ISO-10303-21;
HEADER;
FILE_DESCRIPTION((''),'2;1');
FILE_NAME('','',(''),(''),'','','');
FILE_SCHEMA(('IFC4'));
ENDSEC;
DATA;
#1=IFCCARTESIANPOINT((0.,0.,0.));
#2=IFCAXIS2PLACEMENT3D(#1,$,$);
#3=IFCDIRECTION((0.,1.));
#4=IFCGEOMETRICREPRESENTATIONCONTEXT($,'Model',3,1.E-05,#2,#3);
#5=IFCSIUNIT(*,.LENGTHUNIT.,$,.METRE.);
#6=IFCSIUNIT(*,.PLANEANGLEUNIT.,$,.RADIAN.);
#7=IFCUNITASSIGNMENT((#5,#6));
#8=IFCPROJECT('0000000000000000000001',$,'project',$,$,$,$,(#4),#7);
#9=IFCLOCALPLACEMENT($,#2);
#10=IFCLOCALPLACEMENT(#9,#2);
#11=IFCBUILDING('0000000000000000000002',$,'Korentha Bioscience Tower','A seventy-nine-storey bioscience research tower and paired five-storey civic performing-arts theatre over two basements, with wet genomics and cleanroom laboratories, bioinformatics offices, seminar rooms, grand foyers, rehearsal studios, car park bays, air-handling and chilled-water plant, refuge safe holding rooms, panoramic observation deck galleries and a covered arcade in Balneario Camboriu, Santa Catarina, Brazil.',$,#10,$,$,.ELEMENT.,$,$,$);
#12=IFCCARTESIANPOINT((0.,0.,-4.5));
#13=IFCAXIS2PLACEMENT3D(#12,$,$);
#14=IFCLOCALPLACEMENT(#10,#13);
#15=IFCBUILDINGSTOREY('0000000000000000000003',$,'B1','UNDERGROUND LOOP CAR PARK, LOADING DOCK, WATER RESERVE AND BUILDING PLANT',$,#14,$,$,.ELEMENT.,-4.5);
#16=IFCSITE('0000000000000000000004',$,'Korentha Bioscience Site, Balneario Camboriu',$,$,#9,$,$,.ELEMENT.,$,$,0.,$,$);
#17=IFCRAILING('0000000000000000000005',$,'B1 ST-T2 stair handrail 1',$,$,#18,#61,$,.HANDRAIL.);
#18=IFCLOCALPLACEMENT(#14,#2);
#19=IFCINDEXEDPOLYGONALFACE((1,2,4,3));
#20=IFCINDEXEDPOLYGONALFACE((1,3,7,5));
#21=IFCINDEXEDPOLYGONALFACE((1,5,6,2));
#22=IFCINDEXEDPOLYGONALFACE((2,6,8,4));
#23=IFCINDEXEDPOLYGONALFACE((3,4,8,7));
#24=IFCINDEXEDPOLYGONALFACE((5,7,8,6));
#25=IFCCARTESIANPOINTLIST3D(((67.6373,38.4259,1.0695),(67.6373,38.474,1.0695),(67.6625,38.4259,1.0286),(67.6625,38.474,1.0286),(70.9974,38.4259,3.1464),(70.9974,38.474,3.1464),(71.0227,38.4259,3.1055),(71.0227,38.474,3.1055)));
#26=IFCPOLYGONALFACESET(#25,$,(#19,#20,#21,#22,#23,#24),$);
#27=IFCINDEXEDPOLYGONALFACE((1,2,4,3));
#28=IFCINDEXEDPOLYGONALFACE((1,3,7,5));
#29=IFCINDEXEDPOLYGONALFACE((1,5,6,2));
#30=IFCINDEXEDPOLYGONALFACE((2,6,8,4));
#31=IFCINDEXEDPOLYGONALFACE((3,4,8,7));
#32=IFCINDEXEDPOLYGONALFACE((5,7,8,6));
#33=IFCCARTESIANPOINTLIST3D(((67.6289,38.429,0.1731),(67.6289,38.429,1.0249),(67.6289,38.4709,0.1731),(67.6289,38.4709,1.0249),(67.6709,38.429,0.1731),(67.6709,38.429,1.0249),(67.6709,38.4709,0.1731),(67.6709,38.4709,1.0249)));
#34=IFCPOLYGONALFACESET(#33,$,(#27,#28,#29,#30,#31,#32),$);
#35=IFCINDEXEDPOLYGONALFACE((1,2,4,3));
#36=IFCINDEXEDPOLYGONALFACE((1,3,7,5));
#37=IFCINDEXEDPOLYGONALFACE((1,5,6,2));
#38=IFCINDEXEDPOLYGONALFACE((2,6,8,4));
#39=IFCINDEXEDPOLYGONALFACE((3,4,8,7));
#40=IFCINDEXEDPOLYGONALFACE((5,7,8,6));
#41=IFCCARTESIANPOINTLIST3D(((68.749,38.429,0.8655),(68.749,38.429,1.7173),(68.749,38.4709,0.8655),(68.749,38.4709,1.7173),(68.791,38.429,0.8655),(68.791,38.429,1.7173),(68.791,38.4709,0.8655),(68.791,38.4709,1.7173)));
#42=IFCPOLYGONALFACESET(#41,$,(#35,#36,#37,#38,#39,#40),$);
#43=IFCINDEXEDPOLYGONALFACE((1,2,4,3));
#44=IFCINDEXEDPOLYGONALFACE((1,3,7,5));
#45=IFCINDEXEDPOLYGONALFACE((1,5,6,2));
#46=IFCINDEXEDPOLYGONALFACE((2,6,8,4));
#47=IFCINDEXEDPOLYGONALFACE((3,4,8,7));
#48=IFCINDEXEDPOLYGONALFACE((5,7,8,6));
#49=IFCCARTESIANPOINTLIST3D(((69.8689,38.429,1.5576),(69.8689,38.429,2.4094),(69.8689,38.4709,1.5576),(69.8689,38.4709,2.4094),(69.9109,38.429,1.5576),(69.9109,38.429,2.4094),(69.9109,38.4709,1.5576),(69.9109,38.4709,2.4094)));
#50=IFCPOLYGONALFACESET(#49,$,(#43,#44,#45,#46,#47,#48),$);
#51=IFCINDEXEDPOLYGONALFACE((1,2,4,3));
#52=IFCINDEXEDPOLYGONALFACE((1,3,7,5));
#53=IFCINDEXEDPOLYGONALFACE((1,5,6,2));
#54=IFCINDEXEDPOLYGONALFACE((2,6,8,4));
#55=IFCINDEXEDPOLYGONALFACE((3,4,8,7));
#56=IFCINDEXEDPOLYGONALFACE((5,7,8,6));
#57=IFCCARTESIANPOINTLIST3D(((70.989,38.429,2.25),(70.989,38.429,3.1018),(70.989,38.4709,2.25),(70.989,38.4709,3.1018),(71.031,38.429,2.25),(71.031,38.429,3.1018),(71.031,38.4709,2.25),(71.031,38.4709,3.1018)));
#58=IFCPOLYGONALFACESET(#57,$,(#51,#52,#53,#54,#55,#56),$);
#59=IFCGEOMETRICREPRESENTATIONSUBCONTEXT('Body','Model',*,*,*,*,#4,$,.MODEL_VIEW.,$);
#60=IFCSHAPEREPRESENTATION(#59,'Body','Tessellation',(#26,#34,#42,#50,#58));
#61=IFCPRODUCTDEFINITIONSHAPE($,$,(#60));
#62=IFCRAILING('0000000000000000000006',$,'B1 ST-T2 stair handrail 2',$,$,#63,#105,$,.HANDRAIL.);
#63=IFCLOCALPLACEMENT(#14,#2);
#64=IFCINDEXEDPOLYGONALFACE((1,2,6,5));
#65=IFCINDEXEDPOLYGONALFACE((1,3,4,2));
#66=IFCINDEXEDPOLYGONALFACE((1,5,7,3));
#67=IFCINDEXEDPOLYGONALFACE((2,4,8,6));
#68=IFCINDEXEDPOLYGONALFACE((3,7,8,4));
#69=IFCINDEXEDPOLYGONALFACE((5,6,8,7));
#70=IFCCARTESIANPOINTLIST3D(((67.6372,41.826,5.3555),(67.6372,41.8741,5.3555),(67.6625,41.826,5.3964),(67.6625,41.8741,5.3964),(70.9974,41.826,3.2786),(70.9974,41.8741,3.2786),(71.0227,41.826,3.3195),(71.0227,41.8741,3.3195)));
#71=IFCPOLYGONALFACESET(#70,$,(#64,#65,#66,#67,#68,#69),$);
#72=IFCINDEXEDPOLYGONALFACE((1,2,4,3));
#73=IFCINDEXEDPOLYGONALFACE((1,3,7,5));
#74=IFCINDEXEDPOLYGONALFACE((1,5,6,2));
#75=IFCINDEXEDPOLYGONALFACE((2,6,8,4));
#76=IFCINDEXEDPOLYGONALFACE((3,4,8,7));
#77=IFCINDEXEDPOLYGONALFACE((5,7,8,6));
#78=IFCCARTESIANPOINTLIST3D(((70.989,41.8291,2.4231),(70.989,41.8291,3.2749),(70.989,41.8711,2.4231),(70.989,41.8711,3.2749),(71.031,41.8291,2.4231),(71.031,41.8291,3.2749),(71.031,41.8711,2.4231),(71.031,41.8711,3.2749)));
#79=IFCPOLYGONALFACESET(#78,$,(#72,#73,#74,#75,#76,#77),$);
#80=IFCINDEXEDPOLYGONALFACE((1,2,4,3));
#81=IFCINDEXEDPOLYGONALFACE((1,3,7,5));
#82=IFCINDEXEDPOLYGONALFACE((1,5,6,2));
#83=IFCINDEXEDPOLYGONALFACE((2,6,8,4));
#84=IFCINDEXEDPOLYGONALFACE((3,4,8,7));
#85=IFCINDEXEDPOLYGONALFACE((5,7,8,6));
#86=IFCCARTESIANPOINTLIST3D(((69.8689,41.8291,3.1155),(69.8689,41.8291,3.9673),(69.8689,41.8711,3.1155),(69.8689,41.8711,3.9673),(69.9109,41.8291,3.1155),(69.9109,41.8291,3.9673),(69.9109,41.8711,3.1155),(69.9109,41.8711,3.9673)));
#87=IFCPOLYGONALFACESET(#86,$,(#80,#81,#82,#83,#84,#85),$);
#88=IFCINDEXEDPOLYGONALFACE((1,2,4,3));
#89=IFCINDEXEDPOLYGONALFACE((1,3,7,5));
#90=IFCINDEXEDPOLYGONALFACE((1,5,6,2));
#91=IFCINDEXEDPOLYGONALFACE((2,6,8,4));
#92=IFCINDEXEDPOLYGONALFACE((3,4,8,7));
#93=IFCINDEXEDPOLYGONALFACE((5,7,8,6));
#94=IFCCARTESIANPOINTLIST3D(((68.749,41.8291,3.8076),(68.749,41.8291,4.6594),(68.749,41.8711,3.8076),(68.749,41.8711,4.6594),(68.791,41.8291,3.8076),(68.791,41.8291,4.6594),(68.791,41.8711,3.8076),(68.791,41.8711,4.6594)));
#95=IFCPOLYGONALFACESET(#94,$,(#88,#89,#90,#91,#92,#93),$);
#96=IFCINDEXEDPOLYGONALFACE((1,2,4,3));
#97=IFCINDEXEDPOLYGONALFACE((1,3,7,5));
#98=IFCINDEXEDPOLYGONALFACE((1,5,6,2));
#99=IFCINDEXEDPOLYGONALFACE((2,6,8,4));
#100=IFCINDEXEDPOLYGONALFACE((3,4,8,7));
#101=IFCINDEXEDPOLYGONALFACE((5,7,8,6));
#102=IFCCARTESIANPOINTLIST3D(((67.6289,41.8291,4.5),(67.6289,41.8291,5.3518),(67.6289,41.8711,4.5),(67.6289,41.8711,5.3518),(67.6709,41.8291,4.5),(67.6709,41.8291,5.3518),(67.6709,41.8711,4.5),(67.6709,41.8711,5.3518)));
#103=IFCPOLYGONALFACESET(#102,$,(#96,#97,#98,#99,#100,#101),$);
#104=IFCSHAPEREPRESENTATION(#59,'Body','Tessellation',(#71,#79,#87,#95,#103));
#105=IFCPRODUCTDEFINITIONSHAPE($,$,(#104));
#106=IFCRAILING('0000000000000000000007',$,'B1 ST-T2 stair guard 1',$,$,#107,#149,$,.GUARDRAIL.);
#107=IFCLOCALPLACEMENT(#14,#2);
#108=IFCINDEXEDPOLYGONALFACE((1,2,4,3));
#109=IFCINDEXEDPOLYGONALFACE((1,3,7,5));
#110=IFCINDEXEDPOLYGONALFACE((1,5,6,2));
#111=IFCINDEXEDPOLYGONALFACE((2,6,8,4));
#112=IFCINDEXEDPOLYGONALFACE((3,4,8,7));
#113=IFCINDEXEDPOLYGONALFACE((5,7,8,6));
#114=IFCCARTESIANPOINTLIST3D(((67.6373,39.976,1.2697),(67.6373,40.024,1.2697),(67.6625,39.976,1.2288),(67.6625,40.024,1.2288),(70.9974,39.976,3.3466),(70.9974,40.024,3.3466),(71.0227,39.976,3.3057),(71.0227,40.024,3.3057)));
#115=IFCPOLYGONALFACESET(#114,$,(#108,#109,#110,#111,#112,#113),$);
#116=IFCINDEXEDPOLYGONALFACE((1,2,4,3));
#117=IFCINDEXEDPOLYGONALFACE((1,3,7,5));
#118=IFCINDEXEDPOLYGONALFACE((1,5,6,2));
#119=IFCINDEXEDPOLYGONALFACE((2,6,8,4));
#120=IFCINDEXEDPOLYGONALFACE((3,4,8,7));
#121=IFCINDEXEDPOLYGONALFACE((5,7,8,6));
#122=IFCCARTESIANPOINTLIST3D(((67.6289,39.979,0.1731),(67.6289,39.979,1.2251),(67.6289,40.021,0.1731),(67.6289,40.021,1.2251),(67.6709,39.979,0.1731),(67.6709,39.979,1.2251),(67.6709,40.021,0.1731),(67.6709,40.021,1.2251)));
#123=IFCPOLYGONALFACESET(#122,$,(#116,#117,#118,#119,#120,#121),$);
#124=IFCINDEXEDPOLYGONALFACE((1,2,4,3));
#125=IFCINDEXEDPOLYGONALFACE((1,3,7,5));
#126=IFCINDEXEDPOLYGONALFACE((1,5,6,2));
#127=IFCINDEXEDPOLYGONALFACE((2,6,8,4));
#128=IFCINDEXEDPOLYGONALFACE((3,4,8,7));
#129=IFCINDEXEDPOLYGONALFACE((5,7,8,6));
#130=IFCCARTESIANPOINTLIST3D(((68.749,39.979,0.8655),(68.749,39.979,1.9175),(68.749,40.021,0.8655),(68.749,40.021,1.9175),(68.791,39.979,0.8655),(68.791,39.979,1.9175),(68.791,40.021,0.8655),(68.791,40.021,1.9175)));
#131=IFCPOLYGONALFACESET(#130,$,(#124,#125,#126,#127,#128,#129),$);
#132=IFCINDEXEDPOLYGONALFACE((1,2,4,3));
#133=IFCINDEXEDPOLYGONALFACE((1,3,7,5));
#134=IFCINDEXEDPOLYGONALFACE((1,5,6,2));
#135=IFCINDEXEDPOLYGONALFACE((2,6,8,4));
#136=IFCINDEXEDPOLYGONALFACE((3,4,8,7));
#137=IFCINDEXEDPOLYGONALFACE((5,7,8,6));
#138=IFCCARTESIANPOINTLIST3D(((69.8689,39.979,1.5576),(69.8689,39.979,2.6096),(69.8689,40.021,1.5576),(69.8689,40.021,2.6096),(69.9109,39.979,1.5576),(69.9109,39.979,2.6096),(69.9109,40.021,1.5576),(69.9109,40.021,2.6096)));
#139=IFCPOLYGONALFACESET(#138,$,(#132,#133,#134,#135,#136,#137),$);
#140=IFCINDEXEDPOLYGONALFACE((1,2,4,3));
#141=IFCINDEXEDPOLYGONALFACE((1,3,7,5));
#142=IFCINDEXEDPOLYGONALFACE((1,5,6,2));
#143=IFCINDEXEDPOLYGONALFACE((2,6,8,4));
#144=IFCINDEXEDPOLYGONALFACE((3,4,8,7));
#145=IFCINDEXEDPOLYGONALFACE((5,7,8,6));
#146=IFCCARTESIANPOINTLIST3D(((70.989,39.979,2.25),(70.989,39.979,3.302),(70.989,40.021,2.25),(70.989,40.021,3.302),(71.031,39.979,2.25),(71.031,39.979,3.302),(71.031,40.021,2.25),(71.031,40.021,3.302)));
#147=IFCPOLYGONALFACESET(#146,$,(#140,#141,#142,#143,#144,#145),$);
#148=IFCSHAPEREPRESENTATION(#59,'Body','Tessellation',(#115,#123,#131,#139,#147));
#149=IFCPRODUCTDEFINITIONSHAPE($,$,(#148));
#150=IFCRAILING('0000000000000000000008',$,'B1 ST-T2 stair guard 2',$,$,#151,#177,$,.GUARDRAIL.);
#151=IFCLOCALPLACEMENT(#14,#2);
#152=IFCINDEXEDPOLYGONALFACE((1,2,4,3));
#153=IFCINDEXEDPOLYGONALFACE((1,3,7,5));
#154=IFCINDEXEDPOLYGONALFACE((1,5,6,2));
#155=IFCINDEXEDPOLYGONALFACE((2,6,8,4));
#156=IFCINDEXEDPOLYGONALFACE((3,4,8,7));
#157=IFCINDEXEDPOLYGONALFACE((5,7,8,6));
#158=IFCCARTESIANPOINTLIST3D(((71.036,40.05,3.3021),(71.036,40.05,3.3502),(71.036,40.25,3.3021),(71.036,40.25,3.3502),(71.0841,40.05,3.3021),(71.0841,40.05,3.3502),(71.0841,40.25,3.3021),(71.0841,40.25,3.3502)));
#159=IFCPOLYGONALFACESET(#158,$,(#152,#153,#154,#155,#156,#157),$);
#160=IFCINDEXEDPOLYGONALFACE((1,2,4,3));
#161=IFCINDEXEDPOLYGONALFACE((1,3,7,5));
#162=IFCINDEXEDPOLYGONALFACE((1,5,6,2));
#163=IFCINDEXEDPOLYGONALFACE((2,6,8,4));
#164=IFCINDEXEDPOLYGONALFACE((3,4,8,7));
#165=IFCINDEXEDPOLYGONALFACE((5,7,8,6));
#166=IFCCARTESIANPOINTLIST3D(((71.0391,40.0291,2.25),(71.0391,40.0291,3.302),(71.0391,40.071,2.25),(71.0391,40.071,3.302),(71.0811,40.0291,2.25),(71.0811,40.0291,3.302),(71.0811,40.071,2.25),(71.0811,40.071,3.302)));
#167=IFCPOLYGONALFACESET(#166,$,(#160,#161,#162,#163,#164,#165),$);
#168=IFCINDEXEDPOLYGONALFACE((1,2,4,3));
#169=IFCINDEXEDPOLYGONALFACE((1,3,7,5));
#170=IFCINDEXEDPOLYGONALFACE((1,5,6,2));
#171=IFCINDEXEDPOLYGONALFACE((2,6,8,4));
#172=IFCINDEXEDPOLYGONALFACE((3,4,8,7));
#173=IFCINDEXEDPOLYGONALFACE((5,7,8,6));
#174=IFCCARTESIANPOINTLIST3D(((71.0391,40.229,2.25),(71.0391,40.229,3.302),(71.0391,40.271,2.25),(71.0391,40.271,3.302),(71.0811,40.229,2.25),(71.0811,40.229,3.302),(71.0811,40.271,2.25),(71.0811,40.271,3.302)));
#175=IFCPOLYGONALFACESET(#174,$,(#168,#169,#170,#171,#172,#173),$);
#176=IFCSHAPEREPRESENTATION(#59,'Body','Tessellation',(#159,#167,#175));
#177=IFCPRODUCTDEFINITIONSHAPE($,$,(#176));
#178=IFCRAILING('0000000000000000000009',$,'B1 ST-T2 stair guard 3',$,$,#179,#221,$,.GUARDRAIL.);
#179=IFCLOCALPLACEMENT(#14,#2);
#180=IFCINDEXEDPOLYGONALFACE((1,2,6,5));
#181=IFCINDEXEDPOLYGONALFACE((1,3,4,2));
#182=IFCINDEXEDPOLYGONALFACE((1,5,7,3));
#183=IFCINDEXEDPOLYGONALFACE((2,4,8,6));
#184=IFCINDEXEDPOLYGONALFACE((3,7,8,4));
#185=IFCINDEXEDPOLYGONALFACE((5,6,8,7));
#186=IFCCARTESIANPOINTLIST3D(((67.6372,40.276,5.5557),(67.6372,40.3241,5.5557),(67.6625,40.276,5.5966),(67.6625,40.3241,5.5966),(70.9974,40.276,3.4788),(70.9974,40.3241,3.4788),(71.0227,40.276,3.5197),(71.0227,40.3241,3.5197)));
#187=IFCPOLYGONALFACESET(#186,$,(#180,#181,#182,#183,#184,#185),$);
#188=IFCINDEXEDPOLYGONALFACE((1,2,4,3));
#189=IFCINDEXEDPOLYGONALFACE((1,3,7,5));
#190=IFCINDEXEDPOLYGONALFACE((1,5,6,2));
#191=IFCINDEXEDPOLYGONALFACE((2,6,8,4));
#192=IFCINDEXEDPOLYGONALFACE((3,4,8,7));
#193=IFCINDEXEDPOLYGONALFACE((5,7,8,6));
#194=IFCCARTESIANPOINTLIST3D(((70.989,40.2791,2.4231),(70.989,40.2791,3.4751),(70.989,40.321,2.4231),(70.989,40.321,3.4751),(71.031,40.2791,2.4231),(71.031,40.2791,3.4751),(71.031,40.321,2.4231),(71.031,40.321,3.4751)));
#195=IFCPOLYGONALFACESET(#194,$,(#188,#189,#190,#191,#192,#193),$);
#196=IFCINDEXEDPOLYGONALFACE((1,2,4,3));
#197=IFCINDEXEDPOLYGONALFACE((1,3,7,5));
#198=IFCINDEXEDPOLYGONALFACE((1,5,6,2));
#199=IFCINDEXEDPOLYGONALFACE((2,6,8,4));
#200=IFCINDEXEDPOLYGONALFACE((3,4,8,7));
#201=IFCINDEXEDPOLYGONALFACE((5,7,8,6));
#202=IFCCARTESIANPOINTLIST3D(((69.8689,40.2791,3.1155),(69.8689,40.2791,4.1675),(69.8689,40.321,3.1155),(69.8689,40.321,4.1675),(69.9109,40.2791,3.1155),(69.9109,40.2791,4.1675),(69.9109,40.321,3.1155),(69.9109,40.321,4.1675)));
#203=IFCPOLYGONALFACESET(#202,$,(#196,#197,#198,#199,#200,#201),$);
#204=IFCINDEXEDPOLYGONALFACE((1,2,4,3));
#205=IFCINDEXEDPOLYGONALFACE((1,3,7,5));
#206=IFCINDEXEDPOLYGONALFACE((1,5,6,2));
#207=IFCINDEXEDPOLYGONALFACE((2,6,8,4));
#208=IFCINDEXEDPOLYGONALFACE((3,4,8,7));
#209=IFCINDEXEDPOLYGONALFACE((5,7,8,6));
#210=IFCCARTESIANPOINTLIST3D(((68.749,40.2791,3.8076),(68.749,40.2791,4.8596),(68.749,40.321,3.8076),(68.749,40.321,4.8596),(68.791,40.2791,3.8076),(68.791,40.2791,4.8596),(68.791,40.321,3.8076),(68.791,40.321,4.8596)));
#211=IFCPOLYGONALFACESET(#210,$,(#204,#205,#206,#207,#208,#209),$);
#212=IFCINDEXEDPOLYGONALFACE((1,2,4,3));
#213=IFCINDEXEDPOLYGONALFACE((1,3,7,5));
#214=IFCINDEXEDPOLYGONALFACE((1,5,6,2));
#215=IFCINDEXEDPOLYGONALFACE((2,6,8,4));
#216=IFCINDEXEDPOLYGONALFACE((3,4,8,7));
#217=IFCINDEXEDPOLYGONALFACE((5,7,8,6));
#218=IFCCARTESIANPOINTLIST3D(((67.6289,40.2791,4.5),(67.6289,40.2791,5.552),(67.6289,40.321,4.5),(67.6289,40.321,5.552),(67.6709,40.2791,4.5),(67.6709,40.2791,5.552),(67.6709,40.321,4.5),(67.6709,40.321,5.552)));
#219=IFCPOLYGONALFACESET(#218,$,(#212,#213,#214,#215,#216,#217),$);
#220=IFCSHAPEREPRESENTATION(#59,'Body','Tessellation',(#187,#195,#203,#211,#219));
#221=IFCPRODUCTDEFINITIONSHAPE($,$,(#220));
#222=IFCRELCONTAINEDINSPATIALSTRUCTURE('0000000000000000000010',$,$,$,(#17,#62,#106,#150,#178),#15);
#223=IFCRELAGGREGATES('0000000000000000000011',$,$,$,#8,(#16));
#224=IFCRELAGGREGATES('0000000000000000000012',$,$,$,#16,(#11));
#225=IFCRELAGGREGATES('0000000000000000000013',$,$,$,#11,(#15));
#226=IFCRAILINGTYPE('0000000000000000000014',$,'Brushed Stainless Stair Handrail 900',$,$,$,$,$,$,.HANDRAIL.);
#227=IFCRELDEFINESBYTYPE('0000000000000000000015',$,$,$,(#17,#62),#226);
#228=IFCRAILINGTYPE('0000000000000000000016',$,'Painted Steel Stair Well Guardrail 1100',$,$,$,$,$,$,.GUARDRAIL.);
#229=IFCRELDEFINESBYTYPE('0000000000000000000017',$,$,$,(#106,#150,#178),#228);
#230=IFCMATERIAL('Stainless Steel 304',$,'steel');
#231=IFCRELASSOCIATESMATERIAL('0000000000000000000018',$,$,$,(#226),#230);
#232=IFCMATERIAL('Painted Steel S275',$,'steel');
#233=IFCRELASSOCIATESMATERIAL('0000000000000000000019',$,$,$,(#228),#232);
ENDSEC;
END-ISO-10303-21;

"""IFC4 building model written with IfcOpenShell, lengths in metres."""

from ifc_helpers import new_model, si_unit, direction, frame, origin, origin_2d, place, context, subcontext, project, spatial, rectangle, extrude, material, type_object, element, save


model = new_model("IFC4")

# Units and contexts
model_context = context("Model", 3, precision=1e-05, world=origin(), true_north=direction((0.0, 1.0)))
body_context = subcontext(model_context, "Body", "Model", "MODEL_VIEW")
ifc_project = project(units=[si_unit("LENGTHUNIT", "METRE"), si_unit("PLANEANGLEUNIT", "RADIAN")], contexts=[model_context])

# Site, building, storey
site_placement = place(None, origin())
site = spatial("IfcSite", under=ifc_project, at=site_placement, Name="Korentha Bioscience Site, Balneario Camboriu", CompositionType="ELEMENT", RefElevation=0.0)
building_placement = place(site_placement, origin())
building = spatial("IfcBuilding", under=site, at=building_placement, Name="Korentha Bioscience Tower", Description="A seventy-nine-storey bioscience research tower and paired five-storey civic performing-arts theatre over two basements, with wet genomics and cleanroom laboratories, bioinformatics offices, seminar rooms, grand foyers, rehearsal studios, car park bays, air-handling and chilled-water plant, refuge safe holding rooms, panoramic observation deck galleries and a covered arcade in Balneario Camboriu, Santa Catarina, Brazil.", CompositionType="ELEMENT")
storey_placement = place(building_placement, frame((0.0, 0.0, -4.5)))
storey = spatial("IfcBuildingStorey", under=building, at=storey_placement, Name="B1", Description="UNDERGROUND LOOP CAR PARK, LOADING DOCK, WATER RESERVE AND BUILDING PLANT", CompositionType="ELEMENT", Elevation=-4.5)

# Railings
ifc_material_1 = material(Name="Stainless Steel 304", Category="steel")
railing_type_1 = type_object("IfcRailingType", Name="Brushed Stainless Stair Handrail 900", PredefinedType="HANDRAIL", material=ifc_material_1)
railing_1_placement = place(storey_placement, frame((67.6499, 38.45, 0.1731)))
element("IfcRailing", 1, at=railing_1_placement, inside=storey, type_object=railing_type_1, Name="B1 ST-T2 stair handrail 1", PredefinedType="HANDRAIL", context=body_context, shape_type="SweptSolid", body=[
    extrude(rectangle(XDim=0.0481, YDim=0.0481, at=origin_2d()), frame((0.0, 0.0, 0.876), z_axis=(0.850623, 0.0, 0.525776), x_axis=(0.0, 1.0, 0.0)), (0.0, 0.0, 1.0), 3.9502),
    extrude(rectangle(XDim=0.042, YDim=0.042, at=origin_2d()), origin(), (0.0, 0.0, 1.0), 0.8518),
    extrude(rectangle(XDim=0.042, YDim=0.042, at=origin_2d()), frame((1.1201, 0.0, 0.6924)), (0.0, 0.0, 1.0), 0.8518),
    extrude(rectangle(XDim=0.042, YDim=0.042, at=origin_2d()), frame((2.24, 0.0, 1.3845)), (0.0, 0.0, 1.0), 0.8518),
    extrude(rectangle(XDim=0.042, YDim=0.042, at=origin_2d()), frame((3.3601, 0.0, 2.0769)), (0.0, 0.0, 1.0), 0.8518),
])
railing_2_placement = place(storey_placement, frame((71.01, 41.8501, 2.4231)))
element("IfcRailing", 2, at=railing_2_placement, inside=storey, type_object=railing_type_1, Name="B1 ST-T2 stair handrail 2", PredefinedType="HANDRAIL", context=body_context, shape_type="SweptSolid", body=[
    extrude(rectangle(XDim=0.0481, YDim=0.0481, at=origin_2d()), frame((0.0, 0.0, 0.876), z_axis=(-0.850623, 0.0, 0.525776), x_axis=(0.0, -1.0, 0.0)), (0.0, 0.0, 1.0), 3.9502),
    extrude(rectangle(XDim=0.042, YDim=0.042, at=origin_2d()), origin(), (0.0, 0.0, 1.0), 0.8518),
    extrude(rectangle(XDim=0.042, YDim=0.042, at=origin_2d()), frame((-1.1201, 0.0, 0.6924)), (0.0, 0.0, 1.0), 0.8518),
    extrude(rectangle(XDim=0.042, YDim=0.042, at=origin_2d()), frame((-2.24, 0.0, 1.3845)), (0.0, 0.0, 1.0), 0.8518),
    extrude(rectangle(XDim=0.042, YDim=0.042, at=origin_2d()), frame((-3.3601, 0.0, 2.0769)), (0.0, 0.0, 1.0), 0.8518),
])
ifc_material_2 = material(Name="Painted Steel S275", Category="steel")
railing_type_2 = type_object("IfcRailingType", Name="Painted Steel Stair Well Guardrail 1100", PredefinedType="GUARDRAIL", material=ifc_material_2)
railing_3_placement = place(storey_placement, frame((67.6499, 40.0, 0.1731)))
element("IfcRailing", 3, at=railing_3_placement, inside=storey, type_object=railing_type_2, Name="B1 ST-T2 stair guard 1", PredefinedType="GUARDRAIL", context=body_context, shape_type="SweptSolid", body=[
    extrude(rectangle(XDim=0.0481, YDim=0.0481, at=origin_2d()), frame((0.0, 0.0, 1.0762), z_axis=(0.850623, 0.0, 0.525776), x_axis=(0.0, 1.0, 0.0)), (0.0, 0.0, 1.0), 3.9502),
    extrude(rectangle(XDim=0.042, YDim=0.042, at=origin_2d()), origin(), (0.0, 0.0, 1.0), 1.052),
    extrude(rectangle(XDim=0.042, YDim=0.042, at=origin_2d()), frame((1.1201, 0.0, 0.6924)), (0.0, 0.0, 1.0), 1.052),
    extrude(rectangle(XDim=0.042, YDim=0.042, at=origin_2d()), frame((2.24, 0.0, 1.3845)), (0.0, 0.0, 1.0), 1.052),
    extrude(rectangle(XDim=0.042, YDim=0.042, at=origin_2d()), frame((3.3601, 0.0, 2.0769)), (0.0, 0.0, 1.0), 1.052),
])
railing_4_placement = place(storey_placement, frame((71.0601, 40.05, 2.25)))
element("IfcRailing", 4, at=railing_4_placement, inside=storey, type_object=railing_type_2, Name="B1 ST-T2 stair guard 2", PredefinedType="GUARDRAIL", context=body_context, shape_type="SweptSolid", body=[
    extrude(rectangle(XDim=0.0481, YDim=0.0481, at=origin_2d()), frame((0.0, 0.0, 1.0762), z_axis=(0.0, 1.0, 0.0), x_axis=(-1.0, 0.0, 0.0)), (0.0, 0.0, 1.0), 0.2),
    extrude(rectangle(XDim=0.042, YDim=0.042, at=origin_2d()), origin(), (0.0, 0.0, 1.0), 1.052),
    extrude(rectangle(XDim=0.042, YDim=0.042, at=origin_2d()), frame((0.0, 0.2, 0.0)), (0.0, 0.0, 1.0), 1.052),
])
railing_5_placement = place(storey_placement, frame((71.01, 40.3, 2.4231)))
element("IfcRailing", 5, at=railing_5_placement, inside=storey, type_object=railing_type_2, Name="B1 ST-T2 stair guard 3", PredefinedType="GUARDRAIL", context=body_context, shape_type="SweptSolid", body=[
    extrude(rectangle(XDim=0.0481, YDim=0.0481, at=origin_2d()), frame((0.0, 0.0, 1.0762), z_axis=(-0.850623, 0.0, 0.525776), x_axis=(0.0, -1.0, 0.0)), (0.0, 0.0, 1.0), 3.9502),
    extrude(rectangle(XDim=0.042, YDim=0.042, at=origin_2d()), origin(), (0.0, 0.0, 1.0), 1.052),
    extrude(rectangle(XDim=0.042, YDim=0.042, at=origin_2d()), frame((-1.1201, 0.0, 0.6924)), (0.0, 0.0, 1.0), 1.052),
    extrude(rectangle(XDim=0.042, YDim=0.042, at=origin_2d()), frame((-2.24, 0.0, 1.3845)), (0.0, 0.0, 1.0), 1.052),
    extrude(rectangle(XDim=0.042, YDim=0.042, at=origin_2d()), frame((-3.3601, 0.0, 2.0769)), (0.0, 0.0, 1.0), 1.052),
])

save(model, "model.ifc")
